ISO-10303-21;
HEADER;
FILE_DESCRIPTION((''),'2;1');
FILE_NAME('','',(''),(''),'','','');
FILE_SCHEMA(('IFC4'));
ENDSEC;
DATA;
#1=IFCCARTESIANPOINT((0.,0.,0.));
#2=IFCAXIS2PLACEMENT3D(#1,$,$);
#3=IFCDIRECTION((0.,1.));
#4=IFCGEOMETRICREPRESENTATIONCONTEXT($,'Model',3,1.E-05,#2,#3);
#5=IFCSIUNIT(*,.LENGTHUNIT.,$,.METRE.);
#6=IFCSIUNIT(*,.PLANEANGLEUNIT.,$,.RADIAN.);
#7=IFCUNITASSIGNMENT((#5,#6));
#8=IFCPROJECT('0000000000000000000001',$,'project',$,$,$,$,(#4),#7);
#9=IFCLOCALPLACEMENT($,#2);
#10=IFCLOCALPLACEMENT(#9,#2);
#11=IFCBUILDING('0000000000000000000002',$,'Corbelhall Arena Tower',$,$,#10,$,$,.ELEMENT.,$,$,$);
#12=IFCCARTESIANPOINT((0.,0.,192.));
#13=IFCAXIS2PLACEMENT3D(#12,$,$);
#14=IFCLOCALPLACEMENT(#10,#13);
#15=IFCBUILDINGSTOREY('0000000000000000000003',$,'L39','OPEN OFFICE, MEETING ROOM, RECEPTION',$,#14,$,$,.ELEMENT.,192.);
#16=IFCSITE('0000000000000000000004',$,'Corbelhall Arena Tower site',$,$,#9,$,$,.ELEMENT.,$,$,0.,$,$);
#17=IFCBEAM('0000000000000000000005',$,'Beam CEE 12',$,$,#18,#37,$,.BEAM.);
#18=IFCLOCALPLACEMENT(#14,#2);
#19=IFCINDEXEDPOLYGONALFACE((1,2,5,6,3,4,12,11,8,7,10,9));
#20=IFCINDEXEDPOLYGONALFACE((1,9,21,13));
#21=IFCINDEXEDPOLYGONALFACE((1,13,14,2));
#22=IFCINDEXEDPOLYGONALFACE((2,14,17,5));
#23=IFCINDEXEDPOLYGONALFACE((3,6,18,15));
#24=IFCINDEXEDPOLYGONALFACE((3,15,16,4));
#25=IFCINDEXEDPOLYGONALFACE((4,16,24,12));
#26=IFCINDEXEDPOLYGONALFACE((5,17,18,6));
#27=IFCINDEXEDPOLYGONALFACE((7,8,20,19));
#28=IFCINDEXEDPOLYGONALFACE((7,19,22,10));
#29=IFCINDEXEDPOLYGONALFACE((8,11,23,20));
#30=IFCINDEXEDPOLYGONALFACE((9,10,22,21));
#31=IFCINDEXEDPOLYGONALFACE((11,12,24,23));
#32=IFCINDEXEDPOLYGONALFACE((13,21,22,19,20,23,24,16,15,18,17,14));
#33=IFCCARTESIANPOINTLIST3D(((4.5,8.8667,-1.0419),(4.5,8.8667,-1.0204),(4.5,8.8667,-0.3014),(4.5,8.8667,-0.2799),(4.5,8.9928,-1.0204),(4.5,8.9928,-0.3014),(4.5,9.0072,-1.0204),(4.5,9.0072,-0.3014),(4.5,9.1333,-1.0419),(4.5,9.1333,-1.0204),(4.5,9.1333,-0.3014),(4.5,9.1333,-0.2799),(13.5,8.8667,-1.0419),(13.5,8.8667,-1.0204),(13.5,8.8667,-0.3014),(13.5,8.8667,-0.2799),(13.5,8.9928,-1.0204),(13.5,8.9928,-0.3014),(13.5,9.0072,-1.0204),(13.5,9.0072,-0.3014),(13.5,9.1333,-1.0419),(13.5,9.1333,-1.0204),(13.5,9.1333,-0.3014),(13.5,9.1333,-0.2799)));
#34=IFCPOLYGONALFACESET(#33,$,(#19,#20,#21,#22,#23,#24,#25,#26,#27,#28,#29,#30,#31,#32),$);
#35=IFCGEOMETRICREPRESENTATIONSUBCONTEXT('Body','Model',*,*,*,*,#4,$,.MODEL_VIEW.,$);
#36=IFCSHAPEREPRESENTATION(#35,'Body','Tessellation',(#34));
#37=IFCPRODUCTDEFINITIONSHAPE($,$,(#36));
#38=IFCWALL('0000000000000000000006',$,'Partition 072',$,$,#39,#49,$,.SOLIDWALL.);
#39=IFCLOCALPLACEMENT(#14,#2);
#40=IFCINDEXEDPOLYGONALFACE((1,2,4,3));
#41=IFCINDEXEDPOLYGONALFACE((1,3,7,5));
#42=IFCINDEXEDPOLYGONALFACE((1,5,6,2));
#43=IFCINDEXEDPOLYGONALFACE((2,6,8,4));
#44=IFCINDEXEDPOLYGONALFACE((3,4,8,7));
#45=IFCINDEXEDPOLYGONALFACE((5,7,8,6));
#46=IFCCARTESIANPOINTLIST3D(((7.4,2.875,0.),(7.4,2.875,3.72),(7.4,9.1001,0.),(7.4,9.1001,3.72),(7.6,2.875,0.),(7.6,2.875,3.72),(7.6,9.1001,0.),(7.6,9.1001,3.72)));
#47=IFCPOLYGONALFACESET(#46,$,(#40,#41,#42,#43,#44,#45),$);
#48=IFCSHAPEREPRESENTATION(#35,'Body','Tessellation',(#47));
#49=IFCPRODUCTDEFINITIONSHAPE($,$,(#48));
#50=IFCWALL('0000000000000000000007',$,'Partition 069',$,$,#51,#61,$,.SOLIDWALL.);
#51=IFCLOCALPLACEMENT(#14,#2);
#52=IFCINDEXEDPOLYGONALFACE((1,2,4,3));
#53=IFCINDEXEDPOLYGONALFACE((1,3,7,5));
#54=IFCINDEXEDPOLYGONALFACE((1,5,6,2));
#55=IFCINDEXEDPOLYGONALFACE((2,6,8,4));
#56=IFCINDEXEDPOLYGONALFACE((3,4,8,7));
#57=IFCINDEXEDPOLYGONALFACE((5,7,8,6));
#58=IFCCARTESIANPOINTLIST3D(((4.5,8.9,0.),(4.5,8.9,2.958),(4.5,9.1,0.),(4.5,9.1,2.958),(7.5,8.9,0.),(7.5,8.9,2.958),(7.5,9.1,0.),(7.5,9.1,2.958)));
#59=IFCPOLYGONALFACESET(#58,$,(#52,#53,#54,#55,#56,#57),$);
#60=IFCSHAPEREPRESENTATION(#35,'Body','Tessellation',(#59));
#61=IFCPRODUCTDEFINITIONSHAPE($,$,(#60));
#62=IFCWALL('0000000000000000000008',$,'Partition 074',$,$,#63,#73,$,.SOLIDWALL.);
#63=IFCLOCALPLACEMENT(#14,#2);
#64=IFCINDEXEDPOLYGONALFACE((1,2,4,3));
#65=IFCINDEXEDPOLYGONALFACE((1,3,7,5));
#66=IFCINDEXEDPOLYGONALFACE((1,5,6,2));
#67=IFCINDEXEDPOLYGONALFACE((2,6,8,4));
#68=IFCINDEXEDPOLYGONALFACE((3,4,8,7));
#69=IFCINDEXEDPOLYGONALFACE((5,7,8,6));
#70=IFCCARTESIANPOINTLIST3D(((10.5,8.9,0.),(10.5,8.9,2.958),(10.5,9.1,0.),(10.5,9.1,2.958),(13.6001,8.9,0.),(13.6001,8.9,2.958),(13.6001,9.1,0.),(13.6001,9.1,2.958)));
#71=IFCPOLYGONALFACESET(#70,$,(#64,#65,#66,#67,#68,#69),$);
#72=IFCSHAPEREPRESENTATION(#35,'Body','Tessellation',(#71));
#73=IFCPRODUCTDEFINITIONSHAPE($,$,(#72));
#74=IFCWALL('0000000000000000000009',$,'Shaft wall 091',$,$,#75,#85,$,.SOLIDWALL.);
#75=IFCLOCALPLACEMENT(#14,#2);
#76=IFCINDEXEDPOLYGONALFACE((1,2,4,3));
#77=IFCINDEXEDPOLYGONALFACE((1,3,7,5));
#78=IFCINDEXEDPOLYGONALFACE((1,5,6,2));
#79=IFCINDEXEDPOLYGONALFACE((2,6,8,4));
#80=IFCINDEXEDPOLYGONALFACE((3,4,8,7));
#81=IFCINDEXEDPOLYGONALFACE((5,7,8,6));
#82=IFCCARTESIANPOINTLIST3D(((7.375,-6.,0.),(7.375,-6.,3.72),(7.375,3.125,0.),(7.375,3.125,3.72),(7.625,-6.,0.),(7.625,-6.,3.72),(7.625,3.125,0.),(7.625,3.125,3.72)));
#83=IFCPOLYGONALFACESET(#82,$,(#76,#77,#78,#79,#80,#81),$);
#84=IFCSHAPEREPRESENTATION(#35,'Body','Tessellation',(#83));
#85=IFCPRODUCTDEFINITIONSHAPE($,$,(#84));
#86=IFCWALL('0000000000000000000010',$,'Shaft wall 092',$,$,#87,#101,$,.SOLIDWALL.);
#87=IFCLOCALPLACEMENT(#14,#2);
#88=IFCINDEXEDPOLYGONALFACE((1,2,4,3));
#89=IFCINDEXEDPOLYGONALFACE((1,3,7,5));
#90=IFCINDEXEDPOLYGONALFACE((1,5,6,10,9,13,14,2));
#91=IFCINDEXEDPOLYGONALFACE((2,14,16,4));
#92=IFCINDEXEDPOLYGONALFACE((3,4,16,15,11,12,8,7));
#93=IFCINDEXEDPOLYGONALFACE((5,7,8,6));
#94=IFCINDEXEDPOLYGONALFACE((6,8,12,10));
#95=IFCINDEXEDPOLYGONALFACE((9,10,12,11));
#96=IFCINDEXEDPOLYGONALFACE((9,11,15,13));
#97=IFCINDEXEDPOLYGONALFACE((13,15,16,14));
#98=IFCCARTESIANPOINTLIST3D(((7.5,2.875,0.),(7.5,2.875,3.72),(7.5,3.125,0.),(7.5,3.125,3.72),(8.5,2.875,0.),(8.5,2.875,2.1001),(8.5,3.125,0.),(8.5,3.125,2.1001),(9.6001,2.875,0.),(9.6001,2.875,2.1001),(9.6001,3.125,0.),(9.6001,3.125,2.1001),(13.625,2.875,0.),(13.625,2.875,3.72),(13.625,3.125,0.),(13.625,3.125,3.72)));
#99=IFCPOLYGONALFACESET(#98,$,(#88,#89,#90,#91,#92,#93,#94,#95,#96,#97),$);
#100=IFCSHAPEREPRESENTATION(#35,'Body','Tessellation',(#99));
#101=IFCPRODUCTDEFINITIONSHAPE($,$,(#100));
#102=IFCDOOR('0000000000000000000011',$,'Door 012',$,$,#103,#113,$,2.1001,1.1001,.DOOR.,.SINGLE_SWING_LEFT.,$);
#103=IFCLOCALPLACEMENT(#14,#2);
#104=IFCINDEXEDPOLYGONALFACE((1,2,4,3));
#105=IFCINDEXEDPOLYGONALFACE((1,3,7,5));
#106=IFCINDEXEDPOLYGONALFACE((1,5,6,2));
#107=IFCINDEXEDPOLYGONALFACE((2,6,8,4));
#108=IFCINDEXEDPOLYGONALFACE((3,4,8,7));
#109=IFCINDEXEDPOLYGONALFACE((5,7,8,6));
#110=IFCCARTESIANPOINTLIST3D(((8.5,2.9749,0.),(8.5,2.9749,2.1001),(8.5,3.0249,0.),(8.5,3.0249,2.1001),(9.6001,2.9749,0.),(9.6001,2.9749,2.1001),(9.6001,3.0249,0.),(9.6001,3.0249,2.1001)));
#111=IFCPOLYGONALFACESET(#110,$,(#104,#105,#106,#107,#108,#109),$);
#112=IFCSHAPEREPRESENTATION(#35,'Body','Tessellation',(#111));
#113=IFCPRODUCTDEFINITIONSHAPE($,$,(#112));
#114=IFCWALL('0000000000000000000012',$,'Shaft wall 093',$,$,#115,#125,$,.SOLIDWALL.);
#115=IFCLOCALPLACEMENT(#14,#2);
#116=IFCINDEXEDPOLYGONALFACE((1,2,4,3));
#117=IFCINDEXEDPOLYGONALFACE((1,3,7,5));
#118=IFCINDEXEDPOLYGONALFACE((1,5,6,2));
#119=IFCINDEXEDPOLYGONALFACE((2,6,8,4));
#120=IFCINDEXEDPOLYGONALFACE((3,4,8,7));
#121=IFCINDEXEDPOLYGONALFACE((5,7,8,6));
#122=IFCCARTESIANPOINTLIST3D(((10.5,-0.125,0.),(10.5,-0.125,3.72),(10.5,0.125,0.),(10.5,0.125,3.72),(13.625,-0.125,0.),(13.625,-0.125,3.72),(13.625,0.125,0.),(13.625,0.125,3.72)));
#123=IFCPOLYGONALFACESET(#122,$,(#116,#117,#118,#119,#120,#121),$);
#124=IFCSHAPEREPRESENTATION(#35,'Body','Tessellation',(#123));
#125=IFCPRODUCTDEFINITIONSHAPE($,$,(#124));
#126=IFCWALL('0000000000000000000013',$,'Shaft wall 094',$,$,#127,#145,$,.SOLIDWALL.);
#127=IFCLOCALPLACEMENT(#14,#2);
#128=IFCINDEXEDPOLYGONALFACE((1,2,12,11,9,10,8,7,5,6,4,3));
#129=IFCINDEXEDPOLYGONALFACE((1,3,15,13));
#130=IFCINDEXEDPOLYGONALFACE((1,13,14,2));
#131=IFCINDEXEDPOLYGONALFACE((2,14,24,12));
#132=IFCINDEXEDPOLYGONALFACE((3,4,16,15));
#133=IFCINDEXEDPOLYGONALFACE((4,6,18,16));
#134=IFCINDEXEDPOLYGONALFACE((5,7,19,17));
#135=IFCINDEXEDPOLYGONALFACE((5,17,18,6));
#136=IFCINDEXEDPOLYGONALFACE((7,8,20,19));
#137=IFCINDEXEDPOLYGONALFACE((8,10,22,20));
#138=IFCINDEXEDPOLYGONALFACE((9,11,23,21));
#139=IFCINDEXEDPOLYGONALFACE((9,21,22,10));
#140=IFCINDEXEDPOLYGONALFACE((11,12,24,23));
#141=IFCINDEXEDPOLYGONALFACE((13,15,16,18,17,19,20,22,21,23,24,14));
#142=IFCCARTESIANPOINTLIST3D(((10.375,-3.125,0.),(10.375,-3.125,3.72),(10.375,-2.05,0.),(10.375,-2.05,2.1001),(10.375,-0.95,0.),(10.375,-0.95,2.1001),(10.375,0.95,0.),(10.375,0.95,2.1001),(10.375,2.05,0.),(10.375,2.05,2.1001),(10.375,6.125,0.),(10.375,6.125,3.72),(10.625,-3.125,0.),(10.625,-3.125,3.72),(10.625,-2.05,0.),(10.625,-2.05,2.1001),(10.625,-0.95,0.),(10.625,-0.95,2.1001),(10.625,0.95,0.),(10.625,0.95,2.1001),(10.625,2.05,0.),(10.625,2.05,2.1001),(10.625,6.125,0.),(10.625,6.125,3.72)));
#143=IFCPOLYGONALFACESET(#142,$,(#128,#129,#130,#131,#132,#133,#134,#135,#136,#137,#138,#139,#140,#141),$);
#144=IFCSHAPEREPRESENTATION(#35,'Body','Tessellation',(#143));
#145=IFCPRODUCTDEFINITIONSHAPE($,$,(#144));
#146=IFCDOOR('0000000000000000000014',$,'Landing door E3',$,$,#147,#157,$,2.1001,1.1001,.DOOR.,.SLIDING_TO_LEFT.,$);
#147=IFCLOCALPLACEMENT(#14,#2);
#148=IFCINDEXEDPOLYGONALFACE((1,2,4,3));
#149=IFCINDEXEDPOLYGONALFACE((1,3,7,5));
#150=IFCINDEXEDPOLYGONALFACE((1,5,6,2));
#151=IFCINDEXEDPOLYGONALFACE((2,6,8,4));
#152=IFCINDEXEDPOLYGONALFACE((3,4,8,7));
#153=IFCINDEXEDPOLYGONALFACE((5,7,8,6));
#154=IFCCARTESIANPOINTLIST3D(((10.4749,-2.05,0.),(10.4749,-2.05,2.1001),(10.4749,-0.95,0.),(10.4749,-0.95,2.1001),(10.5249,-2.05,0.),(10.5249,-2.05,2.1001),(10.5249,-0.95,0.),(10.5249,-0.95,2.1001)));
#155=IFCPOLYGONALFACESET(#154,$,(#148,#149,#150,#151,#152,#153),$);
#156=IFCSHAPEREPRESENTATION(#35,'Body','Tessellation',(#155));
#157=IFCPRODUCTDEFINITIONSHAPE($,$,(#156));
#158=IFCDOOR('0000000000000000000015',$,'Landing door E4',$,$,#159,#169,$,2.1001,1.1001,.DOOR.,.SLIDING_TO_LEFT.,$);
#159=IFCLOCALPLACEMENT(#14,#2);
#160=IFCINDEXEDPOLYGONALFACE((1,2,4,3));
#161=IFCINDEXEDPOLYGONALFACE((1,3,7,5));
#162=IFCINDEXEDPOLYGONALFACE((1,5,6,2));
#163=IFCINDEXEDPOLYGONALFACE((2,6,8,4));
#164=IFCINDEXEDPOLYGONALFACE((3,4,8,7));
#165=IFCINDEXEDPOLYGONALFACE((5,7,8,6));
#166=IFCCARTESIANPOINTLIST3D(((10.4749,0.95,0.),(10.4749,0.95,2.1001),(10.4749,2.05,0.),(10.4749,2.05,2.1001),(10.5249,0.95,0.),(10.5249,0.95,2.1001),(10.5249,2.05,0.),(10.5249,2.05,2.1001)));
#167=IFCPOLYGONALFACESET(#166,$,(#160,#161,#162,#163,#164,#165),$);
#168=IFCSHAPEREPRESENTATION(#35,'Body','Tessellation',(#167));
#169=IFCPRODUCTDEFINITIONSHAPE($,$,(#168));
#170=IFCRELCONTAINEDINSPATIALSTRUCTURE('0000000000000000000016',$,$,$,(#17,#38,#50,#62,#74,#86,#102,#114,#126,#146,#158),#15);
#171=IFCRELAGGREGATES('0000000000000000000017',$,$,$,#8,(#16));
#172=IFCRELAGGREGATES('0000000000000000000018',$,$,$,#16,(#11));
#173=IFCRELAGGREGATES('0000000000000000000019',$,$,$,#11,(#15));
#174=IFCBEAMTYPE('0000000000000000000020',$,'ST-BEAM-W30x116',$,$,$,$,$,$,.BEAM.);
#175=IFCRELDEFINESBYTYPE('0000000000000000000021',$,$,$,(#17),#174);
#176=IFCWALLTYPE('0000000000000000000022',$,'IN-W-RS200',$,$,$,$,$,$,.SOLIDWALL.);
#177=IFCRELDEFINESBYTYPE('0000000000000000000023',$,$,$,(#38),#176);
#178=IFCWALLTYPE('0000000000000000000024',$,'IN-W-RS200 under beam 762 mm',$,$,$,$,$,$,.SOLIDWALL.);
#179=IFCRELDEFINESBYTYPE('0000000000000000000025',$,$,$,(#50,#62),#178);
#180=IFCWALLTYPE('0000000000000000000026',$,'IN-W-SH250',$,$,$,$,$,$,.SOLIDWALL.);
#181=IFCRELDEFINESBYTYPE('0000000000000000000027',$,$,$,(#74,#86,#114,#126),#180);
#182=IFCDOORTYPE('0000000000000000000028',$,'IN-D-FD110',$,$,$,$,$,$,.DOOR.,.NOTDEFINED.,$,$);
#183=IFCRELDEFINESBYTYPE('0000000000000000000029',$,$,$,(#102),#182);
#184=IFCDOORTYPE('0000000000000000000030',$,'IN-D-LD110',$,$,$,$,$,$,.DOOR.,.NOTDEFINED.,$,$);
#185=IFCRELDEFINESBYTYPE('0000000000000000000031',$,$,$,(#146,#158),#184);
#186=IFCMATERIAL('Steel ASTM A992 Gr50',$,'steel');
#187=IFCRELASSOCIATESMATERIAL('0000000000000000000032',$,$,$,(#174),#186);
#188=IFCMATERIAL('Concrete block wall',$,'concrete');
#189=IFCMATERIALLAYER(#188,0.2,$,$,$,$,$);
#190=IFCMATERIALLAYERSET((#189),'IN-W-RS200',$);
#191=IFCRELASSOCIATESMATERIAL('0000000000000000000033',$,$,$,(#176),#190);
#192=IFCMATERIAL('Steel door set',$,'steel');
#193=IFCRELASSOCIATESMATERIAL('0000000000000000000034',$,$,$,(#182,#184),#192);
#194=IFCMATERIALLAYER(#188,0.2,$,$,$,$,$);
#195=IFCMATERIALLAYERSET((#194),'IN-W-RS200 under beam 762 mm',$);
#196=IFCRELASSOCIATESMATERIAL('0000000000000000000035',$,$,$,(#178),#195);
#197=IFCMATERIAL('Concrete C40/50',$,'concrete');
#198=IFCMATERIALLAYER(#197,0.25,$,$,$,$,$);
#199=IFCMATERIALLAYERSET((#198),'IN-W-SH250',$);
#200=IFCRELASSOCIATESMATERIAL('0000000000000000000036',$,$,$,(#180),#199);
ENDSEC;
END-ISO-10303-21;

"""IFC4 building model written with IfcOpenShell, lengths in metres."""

from ifc_helpers import new_model, si_unit, direction, frame, frame_2d, origin, origin_2d, place, context, subcontext, project, spatial, rectangle, i_section, extrude, material, layer, layer_set, material_profile, profile_set, type_object, element, fill, save


model = new_model("IFC4")

# Units and contexts
model_context = context("Model", 3, precision=1e-05, world=origin(), true_north=direction((0.0, 1.0)))
body_context = subcontext(model_context, "Body", "Model", "MODEL_VIEW")
ifc_project = project(units=[si_unit("LENGTHUNIT", "METRE"), si_unit("PLANEANGLEUNIT", "RADIAN")], contexts=[model_context])

# Site, building, storey
site_placement = place(None, origin())
site = spatial("IfcSite", under=ifc_project, at=site_placement, Name="Corbelhall Arena Tower site", CompositionType="ELEMENT", RefElevation=0.0)
building_placement = place(site_placement, origin())
building = spatial("IfcBuilding", under=site, at=building_placement, Name="Corbelhall Arena Tower", CompositionType="ELEMENT")
storey_placement = place(building_placement, frame((0.0, 0.0, 192.0)))
storey = spatial("IfcBuildingStorey", under=building, at=storey_placement, Name="L39", Description="OPEN OFFICE, MEETING ROOM, RECEPTION", CompositionType="ELEMENT", Elevation=192.0)

# Beam
ifc_material_1 = material(Name="Steel ASTM A992 Gr50", Category="steel")
ifc_material_profile = material_profile(ifc_material_1, i_section(OverallWidth=0.2666, OverallDepth=0.762, WebThickness=0.0144, FlangeThickness=0.0215, at=origin_2d()))
ifc_profile_set = profile_set([ifc_material_profile], Name="Steel ASTM A992 Gr50")
beam_type = type_object("IfcBeamType", Name="ST-BEAM-W30x116", PredefinedType="BEAM", material=ifc_profile_set)
beam_placement = place(storey_placement, frame((4.5, 9.0, -0.6609), z_axis=(1.0, 0.0, 0.0), x_axis=(0.0, 1.0, 0.0)))
element("IfcBeam", 1, at=beam_placement, inside=storey, type_object=beam_type, Name="Beam CEE 12", PredefinedType="BEAM", context=body_context, shape_type="SweptSolid", body=[
    extrude(i_section(OverallWidth=0.2666, OverallDepth=0.762, WebThickness=0.0144, FlangeThickness=0.0215, at=origin_2d()), origin(), (0.0, 0.0, 1.0), 9.0),
])

# Wall
ifc_material_2 = material(Name="Concrete block wall", Category="concrete")
ifc_layer_1 = layer(ifc_material_2, 0.2)
ifc_layer_set_1 = layer_set([ifc_layer_1], Name="IN-W-RS200")
wall_type_1 = type_object("IfcWallType", Name="IN-W-RS200", PredefinedType="SOLIDWALL", material=ifc_layer_set_1)
wall_1_placement = place(storey_placement, frame((7.5, 9.1001, 0.0), z_axis=(0.0, 0.0, 1.0), x_axis=(0.0, -1.0, 0.0)))
element("IfcWall", 2, at=wall_1_placement, inside=storey, type_object=wall_type_1, Name="Partition 072", PredefinedType="SOLIDWALL", context=body_context, shape_type="SweptSolid", body=[
    extrude(rectangle(XDim=6.2251, YDim=0.2, at=frame_2d((3.1125, 0.0))), origin(), (0.0, 0.0, 1.0), 3.72),
])

# Shared definitions
ifc_material_3 = material(Name="Steel door set", Category="steel")
door_type_1 = type_object("IfcDoorType", Name="IN-D-FD110", OperationType="NOTDEFINED", PredefinedType="DOOR", material=ifc_material_3)

# Walls
ifc_layer_2 = layer(ifc_material_2, 0.2)
ifc_layer_set_2 = layer_set([ifc_layer_2], Name="IN-W-RS200 under beam 762 mm")
wall_type_2 = type_object("IfcWallType", Name="IN-W-RS200 under beam 762 mm", PredefinedType="SOLIDWALL", material=ifc_layer_set_2)
wall_2_placement = place(storey_placement, frame((4.5, 9.0, 0.0), z_axis=(0.0, 0.0, 1.0), x_axis=(1.0, 0.0, 0.0)))
element("IfcWall", 3, at=wall_2_placement, inside=storey, type_object=wall_type_2, Name="Partition 069", PredefinedType="SOLIDWALL", context=body_context, shape_type="SweptSolid", body=[
    extrude(rectangle(XDim=3.0, YDim=0.2, at=frame_2d((1.5, 0.0))), origin(), (0.0, 0.0, 1.0), 2.958),
])
wall_3_placement = place(storey_placement, frame((10.5, 9.0, 0.0), z_axis=(0.0, 0.0, 1.0), x_axis=(1.0, 0.0, 0.0)))
element("IfcWall", 4, at=wall_3_placement, inside=storey, type_object=wall_type_2, Name="Partition 074", PredefinedType="SOLIDWALL", context=body_context, shape_type="SweptSolid", body=[
    extrude(rectangle(XDim=3.1001, YDim=0.2, at=frame_2d((1.55, 0.0))), origin(), (0.0, 0.0, 1.0), 2.958),
])
ifc_material_4 = material(Name="Concrete C40/50", Category="concrete")
ifc_layer_3 = layer(ifc_material_4, 0.25)
ifc_layer_set_3 = layer_set([ifc_layer_3], Name="IN-W-SH250")
wall_type_3 = type_object("IfcWallType", Name="IN-W-SH250", PredefinedType="SOLIDWALL", material=ifc_layer_set_3)
wall_4_placement = place(storey_placement, frame((7.5, 3.125, 0.0), z_axis=(0.0, 0.0, 1.0), x_axis=(0.0, -1.0, 0.0)))
element("IfcWall", 5, at=wall_4_placement, inside=storey, type_object=wall_type_3, Name="Shaft wall 091", PredefinedType="SOLIDWALL", context=body_context, shape_type="SweptSolid", body=[
    extrude(rectangle(XDim=9.125, YDim=0.25, at=frame_2d((4.5625, 0.0))), origin(), (0.0, 0.0, 1.0), 3.72),
])

# Wall, opening, door
wall_5_placement = place(storey_placement, frame((7.5, 3.0, 0.0), z_axis=(0.0, 0.0, 1.0), x_axis=(1.0, 0.0, 0.0)))
wall_5 = element("IfcWall", 6, at=wall_5_placement, inside=storey, type_object=wall_type_3, Name="Shaft wall 092", PredefinedType="SOLIDWALL", context=body_context, shape_type="SweptSolid", body=[
    extrude(rectangle(XDim=6.125, YDim=0.25, at=frame_2d((3.0625, 0.0))), origin(), (0.0, 0.0, 1.0), 3.72),
])
opening_1_placement = place(wall_5_placement, frame((1.0, 0.0, 0.0)))
opening_1 = element("IfcOpeningElement", 7, at=opening_1_placement, cuts=wall_5, PredefinedType="OPENING", context=body_context, shape_type="SweptSolid", body=[
    extrude(rectangle(XDim=1.1001, YDim=2.1001, at=frame_2d((0.55, 1.05))), frame((0.0, 0.125, 0.0), z_axis=(0.0, -1.0, 0.0), x_axis=(1.0, 0.0, 0.0)), (0.0, 0.0, 1.0), 0.25),
])
door_1_placement = place(opening_1_placement, origin())
door_1 = element("IfcDoor", 8, at=door_1_placement, inside=storey, type_object=door_type_1, Name="Door 012", OperationType="SINGLE_SWING_LEFT", OverallHeight=2.1001, OverallWidth=1.1001, PredefinedType="DOOR", context=body_context, shape_type="SweptSolid", body=[
    extrude(rectangle(XDim=1.1001, YDim=2.1001, at=frame_2d((0.55, 1.05))), frame((0.0, 0.0249, 0.0), z_axis=(0.0, -1.0, 0.0), x_axis=(1.0, 0.0, 0.0)), (0.0, 0.0, 1.0), 0.05),
])
fill(opening_1, door_1)

# Wall
wall_6_placement = place(storey_placement, frame((10.5, 0.0, 0.0), z_axis=(0.0, 0.0, 1.0), x_axis=(1.0, 0.0, 0.0)))
element("IfcWall", 9, at=wall_6_placement, inside=storey, type_object=wall_type_3, Name="Shaft wall 093", PredefinedType="SOLIDWALL", context=body_context, shape_type="SweptSolid", body=[
    extrude(rectangle(XDim=3.125, YDim=0.25, at=frame_2d((1.5625, 0.0))), origin(), (0.0, 0.0, 1.0), 3.72),
])

# Wall, openings, doors
wall_7_placement = place(storey_placement, frame((10.5, 6.125, 0.0), z_axis=(0.0, 0.0, 1.0), x_axis=(0.0, -1.0, 0.0)))
wall_7 = element("IfcWall", 10, at=wall_7_placement, inside=storey, type_object=wall_type_3, Name="Shaft wall 094", PredefinedType="SOLIDWALL", context=body_context, shape_type="SweptSolid", body=[
    extrude(rectangle(XDim=9.25, YDim=0.25, at=frame_2d((4.625, 0.0))), origin(), (0.0, 0.0, 1.0), 3.72),
])
opening_2_placement = place(wall_7_placement, frame((7.075, 0.0, 0.0)))
opening_2 = element("IfcOpeningElement", 11, at=opening_2_placement, cuts=wall_7, PredefinedType="OPENING", context=body_context, shape_type="SweptSolid", body=[
    extrude(rectangle(XDim=1.1001, YDim=2.1001, at=frame_2d((0.55, 1.05))), frame((0.0, 0.125, 0.0), z_axis=(0.0, -1.0, 0.0), x_axis=(1.0, 0.0, 0.0)), (0.0, 0.0, 1.0), 0.25),
])
opening_3_placement = place(wall_7_placement, frame((4.075, 0.0, 0.0)))
opening_3 = element("IfcOpeningElement", 12, at=opening_3_placement, cuts=wall_7, PredefinedType="OPENING", context=body_context, shape_type="SweptSolid", body=[
    extrude(rectangle(XDim=1.1001, YDim=2.1001, at=frame_2d((0.55, 1.05))), frame((0.0, 0.125, 0.0), z_axis=(0.0, -1.0, 0.0), x_axis=(1.0, 0.0, 0.0)), (0.0, 0.0, 1.0), 0.25),
])
door_type_2 = type_object("IfcDoorType", Name="IN-D-LD110", OperationType="NOTDEFINED", PredefinedType="DOOR", material=ifc_material_3)
door_2_placement = place(opening_2_placement, origin())
door_2 = element("IfcDoor", 13, at=door_2_placement, inside=storey, type_object=door_type_2, Name="Landing door E3", OperationType="SLIDING_TO_LEFT", OverallHeight=2.1001, OverallWidth=1.1001, PredefinedType="DOOR", context=body_context, shape_type="SweptSolid", body=[
    extrude(rectangle(XDim=1.1001, YDim=2.1001, at=frame_2d((0.55, 1.05))), frame((0.0, 0.0249, 0.0), z_axis=(0.0, -1.0, 0.0), x_axis=(1.0, 0.0, 0.0)), (0.0, 0.0, 1.0), 0.05),
])
fill(opening_2, door_2)
door_3_placement = place(opening_3_placement, origin())
door_3 = element("IfcDoor", 14, at=door_3_placement, inside=storey, type_object=door_type_2, Name="Landing door E4", OperationType="SLIDING_TO_LEFT", OverallHeight=2.1001, OverallWidth=1.1001, PredefinedType="DOOR", context=body_context, shape_type="SweptSolid", body=[
    extrude(rectangle(XDim=1.1001, YDim=2.1001, at=frame_2d((0.55, 1.05))), frame((0.0, 0.0249, 0.0), z_axis=(0.0, -1.0, 0.0), x_axis=(1.0, 0.0, 0.0)), (0.0, 0.0, 1.0), 0.05),
])
fill(opening_3, door_3)

save(model, "model.ifc")
